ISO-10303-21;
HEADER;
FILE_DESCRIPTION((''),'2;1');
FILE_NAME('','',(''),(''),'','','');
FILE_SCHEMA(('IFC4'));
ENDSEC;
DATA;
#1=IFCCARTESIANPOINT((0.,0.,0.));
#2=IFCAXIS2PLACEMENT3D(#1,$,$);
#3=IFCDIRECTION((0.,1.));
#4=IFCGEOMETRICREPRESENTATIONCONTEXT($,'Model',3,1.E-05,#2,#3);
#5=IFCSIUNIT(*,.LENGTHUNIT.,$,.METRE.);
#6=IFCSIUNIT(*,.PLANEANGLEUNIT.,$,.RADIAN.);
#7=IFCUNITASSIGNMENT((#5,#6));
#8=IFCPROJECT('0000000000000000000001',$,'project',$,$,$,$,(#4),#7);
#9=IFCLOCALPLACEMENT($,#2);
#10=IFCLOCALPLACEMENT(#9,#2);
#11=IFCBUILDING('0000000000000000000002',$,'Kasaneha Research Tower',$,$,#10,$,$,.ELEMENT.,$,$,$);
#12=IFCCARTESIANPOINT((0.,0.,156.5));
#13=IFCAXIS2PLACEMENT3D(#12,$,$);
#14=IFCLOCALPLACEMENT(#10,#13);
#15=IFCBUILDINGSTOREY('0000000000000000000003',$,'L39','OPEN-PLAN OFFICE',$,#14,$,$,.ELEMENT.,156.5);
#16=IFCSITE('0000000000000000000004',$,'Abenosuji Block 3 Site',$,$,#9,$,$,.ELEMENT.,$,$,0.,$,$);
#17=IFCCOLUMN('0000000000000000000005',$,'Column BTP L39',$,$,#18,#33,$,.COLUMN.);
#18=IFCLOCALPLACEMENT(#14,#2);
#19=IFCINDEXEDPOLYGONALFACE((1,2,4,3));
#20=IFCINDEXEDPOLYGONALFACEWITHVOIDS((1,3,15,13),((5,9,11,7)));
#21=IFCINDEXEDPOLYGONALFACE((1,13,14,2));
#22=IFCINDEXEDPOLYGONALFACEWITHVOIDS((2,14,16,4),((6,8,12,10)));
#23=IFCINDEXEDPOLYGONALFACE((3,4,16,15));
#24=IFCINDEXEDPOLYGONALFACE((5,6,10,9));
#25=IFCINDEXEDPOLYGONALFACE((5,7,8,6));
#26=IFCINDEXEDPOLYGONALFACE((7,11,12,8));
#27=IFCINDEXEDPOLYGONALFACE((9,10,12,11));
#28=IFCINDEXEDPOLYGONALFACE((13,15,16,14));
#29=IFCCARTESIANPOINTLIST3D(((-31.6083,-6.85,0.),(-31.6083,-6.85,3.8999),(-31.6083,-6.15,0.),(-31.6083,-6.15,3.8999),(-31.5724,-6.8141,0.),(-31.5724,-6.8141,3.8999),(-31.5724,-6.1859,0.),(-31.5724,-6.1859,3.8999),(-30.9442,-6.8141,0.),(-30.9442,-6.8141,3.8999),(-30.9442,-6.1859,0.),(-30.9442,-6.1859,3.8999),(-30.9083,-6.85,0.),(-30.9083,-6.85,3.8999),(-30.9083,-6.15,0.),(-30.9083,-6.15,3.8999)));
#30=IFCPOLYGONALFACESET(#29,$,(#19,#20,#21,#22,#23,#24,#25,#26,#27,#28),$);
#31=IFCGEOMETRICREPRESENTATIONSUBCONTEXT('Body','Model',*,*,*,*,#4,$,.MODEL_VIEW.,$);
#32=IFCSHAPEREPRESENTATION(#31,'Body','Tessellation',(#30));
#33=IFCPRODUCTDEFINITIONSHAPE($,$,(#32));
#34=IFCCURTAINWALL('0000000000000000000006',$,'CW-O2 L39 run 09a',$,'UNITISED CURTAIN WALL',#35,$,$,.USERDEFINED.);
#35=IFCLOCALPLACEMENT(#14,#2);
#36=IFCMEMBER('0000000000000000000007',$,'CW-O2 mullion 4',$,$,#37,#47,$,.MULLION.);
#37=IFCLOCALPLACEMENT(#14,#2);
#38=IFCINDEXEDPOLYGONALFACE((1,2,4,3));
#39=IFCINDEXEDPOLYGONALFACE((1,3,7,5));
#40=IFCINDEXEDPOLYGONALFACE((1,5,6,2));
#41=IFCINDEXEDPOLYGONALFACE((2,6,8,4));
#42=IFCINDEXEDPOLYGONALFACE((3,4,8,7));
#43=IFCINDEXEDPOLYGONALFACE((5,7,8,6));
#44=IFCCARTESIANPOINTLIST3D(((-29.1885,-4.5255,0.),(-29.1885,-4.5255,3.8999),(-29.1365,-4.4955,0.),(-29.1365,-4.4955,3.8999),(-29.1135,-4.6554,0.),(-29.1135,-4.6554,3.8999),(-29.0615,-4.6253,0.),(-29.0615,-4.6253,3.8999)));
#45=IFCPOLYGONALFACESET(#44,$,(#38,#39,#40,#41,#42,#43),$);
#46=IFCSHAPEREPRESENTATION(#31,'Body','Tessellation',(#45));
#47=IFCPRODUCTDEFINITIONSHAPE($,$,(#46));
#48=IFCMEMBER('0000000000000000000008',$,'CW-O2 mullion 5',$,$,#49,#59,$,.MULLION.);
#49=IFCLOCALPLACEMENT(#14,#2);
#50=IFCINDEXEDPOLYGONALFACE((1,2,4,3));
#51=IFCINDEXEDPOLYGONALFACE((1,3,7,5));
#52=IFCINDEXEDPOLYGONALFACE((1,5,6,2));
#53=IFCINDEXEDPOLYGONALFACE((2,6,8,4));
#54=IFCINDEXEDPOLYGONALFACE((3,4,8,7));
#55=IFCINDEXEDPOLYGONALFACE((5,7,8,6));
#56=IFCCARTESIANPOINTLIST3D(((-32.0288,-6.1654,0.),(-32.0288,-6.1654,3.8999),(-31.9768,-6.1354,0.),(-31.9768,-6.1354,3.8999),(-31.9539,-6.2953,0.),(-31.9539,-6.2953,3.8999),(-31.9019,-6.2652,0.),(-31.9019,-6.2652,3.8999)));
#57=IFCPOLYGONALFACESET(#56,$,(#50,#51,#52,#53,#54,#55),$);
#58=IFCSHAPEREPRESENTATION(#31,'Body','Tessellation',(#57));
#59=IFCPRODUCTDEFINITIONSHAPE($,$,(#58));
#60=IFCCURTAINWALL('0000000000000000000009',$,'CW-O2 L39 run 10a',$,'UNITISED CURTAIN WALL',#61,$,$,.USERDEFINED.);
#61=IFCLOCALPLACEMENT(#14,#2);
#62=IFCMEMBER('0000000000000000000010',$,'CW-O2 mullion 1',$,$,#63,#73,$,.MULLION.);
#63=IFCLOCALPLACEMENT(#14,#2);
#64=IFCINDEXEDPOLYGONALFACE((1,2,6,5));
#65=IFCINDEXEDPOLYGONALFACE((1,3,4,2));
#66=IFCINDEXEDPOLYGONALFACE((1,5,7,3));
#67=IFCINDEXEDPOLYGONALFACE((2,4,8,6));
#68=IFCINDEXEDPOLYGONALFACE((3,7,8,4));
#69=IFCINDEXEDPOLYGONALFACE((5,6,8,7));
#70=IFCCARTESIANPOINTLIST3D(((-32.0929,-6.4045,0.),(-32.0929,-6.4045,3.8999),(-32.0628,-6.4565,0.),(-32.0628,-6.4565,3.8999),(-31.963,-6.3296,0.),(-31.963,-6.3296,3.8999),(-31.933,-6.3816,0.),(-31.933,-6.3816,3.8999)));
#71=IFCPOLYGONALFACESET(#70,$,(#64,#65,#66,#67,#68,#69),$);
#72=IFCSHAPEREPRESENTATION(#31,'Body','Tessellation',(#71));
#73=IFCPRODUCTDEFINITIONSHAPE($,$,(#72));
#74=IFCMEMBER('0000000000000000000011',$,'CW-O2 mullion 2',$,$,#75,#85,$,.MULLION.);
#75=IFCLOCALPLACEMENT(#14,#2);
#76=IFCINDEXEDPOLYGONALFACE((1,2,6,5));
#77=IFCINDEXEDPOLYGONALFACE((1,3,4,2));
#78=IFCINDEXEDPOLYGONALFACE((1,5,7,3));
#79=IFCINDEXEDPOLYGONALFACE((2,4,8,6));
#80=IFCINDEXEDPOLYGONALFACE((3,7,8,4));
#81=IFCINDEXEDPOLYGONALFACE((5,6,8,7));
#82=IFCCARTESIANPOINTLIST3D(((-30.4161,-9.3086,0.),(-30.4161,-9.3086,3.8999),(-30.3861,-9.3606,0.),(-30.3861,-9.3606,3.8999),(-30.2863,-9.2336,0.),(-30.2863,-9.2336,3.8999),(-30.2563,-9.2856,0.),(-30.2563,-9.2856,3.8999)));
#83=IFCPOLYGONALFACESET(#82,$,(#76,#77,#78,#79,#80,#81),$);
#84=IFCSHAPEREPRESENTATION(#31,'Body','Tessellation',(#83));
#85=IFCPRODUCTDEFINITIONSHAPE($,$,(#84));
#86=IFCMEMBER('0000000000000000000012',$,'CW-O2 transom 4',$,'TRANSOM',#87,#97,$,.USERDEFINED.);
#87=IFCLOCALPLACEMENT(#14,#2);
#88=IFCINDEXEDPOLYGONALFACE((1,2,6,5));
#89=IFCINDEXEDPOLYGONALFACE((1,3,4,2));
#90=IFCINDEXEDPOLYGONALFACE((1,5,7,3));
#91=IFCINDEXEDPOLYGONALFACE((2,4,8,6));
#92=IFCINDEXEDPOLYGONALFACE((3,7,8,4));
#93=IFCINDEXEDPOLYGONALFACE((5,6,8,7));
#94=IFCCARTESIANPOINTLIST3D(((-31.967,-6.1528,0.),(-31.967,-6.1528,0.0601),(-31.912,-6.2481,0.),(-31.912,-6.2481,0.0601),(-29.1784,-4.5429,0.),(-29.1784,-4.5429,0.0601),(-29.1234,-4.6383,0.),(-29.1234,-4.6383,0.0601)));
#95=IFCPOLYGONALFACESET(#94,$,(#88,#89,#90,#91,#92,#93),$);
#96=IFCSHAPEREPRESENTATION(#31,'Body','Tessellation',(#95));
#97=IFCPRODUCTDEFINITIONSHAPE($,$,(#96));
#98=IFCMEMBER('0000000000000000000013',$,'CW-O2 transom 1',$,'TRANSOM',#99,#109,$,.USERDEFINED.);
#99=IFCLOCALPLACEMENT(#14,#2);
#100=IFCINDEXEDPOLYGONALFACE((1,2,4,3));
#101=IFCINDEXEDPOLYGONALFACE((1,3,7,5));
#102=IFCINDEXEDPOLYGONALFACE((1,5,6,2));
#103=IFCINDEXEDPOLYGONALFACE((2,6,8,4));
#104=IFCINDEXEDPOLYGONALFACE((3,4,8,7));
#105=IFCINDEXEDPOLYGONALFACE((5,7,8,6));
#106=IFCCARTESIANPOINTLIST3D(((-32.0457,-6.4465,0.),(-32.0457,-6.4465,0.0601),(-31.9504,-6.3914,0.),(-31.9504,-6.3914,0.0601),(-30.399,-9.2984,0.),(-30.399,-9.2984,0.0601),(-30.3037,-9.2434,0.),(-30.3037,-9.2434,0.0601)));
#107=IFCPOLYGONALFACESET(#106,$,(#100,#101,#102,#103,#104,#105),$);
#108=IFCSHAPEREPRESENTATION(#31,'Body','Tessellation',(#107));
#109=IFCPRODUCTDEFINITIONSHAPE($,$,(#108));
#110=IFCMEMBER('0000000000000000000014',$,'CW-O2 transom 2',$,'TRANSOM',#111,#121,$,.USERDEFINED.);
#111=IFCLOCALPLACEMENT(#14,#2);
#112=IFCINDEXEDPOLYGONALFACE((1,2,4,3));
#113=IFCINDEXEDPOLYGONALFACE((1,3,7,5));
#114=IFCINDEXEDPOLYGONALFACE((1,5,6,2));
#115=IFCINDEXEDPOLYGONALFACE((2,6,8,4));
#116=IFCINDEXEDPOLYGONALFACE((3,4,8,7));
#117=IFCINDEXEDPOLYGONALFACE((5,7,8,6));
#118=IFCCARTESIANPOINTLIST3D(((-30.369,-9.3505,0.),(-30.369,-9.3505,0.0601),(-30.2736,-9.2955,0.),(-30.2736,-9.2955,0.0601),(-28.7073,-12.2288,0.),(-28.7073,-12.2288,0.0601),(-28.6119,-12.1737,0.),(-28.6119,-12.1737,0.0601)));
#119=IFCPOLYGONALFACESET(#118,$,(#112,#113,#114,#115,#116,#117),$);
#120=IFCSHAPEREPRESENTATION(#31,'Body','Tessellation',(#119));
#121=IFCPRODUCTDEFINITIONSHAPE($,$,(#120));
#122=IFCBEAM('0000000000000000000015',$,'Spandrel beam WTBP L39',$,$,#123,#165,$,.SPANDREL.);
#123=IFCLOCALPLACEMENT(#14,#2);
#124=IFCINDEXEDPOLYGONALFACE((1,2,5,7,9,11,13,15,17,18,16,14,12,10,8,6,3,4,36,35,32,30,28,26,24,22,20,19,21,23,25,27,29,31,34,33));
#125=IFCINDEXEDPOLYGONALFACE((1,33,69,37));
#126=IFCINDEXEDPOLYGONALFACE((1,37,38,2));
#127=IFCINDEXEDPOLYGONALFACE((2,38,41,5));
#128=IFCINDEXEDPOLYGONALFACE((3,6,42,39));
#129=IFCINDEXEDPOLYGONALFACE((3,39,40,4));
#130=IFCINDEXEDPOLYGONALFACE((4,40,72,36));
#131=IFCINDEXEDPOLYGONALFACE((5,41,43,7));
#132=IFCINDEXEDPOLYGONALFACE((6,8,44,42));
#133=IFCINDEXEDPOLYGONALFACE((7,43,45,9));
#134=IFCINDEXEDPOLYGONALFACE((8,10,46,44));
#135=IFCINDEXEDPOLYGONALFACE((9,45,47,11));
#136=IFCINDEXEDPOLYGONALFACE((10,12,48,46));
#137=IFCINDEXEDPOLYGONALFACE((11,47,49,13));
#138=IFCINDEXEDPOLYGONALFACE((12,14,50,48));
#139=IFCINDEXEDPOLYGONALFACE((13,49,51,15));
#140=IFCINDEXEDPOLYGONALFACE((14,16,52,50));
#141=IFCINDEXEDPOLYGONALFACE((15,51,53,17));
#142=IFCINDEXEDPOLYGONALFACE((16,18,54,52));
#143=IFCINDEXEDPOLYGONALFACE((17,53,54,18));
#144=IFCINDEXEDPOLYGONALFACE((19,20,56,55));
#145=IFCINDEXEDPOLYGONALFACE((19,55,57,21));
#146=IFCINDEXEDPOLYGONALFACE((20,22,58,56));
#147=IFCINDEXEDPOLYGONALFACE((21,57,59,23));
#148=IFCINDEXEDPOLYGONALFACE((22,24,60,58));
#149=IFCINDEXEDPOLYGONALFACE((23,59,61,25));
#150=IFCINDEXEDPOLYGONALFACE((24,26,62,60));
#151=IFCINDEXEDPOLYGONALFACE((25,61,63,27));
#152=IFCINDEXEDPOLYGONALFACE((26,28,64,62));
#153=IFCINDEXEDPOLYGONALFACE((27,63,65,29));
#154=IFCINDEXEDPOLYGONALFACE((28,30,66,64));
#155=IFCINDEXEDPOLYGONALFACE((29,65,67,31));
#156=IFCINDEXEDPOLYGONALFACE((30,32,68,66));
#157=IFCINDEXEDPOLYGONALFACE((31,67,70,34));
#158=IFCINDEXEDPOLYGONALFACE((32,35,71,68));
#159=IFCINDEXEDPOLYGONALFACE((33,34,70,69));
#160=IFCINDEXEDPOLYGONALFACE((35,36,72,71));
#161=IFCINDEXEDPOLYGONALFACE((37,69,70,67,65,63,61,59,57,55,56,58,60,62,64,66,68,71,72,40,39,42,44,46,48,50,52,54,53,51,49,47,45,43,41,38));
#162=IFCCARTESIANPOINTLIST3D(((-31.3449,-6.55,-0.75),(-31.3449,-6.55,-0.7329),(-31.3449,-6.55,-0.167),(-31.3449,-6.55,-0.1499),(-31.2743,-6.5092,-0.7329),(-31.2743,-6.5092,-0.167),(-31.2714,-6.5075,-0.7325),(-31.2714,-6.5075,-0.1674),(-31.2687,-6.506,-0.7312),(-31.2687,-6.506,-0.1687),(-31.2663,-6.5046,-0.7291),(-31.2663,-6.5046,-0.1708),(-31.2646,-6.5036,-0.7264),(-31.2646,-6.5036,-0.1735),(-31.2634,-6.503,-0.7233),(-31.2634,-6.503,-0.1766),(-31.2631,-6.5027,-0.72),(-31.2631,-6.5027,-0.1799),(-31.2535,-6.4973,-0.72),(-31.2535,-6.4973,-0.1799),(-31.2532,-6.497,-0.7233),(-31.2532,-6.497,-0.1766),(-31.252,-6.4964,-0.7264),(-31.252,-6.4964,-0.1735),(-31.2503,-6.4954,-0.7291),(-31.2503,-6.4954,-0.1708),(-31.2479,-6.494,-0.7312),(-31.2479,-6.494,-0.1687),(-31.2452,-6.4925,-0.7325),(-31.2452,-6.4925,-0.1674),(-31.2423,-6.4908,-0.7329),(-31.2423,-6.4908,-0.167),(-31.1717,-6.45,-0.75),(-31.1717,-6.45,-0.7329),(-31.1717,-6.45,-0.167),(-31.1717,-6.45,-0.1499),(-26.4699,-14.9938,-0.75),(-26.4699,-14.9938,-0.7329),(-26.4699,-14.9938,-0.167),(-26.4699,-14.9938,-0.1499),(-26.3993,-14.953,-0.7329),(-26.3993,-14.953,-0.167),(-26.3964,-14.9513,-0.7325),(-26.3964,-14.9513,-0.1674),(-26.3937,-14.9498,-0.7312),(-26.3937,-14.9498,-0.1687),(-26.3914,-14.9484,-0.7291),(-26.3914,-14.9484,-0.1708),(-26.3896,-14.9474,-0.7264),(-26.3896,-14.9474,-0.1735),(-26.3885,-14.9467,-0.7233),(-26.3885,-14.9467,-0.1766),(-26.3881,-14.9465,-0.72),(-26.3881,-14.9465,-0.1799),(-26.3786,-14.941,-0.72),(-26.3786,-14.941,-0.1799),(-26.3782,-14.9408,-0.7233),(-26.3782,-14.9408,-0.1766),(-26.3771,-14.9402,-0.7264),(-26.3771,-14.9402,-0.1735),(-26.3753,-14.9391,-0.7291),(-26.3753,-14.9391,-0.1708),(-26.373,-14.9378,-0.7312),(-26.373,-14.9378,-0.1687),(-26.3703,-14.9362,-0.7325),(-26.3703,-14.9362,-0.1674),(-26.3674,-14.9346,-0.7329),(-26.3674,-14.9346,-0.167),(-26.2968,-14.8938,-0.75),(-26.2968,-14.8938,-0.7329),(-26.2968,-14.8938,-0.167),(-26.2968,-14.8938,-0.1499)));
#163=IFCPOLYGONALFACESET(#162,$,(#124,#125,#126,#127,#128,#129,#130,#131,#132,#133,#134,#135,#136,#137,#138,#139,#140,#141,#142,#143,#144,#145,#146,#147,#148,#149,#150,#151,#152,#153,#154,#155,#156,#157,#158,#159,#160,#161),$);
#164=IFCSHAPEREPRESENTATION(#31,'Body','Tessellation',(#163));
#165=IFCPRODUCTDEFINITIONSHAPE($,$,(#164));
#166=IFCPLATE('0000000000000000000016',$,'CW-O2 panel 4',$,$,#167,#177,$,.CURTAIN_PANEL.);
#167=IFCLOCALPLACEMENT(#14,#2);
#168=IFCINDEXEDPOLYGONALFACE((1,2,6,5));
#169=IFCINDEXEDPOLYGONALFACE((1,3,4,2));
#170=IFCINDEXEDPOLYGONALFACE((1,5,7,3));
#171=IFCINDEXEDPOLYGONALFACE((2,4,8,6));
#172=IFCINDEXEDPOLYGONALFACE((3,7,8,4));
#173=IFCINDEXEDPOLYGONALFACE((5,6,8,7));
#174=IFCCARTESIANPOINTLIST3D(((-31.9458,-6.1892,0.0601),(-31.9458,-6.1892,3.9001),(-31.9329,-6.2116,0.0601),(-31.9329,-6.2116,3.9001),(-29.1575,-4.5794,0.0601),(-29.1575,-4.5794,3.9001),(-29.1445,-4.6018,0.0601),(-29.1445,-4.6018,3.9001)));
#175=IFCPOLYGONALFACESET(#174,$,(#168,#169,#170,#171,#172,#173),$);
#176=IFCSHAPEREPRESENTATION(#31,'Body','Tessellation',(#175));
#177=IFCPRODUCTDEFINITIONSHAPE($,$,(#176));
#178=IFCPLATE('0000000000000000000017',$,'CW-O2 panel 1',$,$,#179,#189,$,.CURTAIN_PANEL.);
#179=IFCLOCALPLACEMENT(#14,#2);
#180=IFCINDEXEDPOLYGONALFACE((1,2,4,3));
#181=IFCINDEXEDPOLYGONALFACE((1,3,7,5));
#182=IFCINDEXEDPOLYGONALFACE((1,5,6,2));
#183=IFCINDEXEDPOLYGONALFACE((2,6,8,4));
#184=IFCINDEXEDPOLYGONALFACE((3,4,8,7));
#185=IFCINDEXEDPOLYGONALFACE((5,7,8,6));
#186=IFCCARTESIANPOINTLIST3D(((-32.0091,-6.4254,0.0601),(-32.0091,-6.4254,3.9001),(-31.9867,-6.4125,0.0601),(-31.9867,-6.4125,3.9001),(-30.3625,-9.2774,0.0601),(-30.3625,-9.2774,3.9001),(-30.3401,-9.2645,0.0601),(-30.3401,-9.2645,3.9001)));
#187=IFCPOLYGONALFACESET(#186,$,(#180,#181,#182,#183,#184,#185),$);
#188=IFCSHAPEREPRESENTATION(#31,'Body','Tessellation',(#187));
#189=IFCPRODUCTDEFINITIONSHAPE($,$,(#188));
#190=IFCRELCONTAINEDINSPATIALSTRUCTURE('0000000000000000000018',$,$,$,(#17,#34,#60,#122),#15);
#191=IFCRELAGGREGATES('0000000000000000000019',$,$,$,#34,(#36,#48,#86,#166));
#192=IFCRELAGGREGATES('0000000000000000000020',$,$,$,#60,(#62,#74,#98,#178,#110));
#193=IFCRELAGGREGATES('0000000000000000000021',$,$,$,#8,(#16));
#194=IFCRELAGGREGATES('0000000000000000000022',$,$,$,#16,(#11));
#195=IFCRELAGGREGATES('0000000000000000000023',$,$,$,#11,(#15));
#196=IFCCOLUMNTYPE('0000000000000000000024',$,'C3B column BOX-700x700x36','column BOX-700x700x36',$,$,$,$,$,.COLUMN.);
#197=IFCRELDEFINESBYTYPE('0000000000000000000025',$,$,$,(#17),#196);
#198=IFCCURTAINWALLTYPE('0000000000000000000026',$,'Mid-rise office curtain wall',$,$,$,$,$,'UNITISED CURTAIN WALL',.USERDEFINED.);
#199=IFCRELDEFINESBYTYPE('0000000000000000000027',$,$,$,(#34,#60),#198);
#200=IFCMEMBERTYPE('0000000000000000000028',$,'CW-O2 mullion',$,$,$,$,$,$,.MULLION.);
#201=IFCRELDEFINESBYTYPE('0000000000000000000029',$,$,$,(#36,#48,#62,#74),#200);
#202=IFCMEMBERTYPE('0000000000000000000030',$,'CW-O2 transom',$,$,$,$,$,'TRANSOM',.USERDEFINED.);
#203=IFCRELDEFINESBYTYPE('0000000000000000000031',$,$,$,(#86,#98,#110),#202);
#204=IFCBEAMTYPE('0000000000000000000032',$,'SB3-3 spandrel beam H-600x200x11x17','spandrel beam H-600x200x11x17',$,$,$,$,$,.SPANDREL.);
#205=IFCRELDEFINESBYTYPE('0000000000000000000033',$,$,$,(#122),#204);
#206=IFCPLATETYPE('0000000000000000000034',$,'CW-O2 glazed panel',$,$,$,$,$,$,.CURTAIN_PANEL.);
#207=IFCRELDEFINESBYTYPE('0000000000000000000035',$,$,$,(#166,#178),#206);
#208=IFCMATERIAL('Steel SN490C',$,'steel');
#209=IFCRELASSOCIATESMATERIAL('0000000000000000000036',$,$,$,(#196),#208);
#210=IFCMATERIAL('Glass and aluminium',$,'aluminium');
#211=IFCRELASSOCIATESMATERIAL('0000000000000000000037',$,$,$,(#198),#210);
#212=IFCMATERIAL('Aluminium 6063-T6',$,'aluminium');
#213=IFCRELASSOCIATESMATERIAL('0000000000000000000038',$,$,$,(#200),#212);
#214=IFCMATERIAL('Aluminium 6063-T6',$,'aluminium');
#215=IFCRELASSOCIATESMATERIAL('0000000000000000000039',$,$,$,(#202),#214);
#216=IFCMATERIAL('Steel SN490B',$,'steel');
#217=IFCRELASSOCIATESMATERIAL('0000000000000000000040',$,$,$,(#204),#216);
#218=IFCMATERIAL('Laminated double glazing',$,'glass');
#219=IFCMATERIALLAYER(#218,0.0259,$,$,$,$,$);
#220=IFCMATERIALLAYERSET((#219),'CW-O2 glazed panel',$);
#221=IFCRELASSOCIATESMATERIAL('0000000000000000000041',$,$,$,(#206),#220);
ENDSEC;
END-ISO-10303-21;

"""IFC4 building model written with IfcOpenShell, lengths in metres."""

from ifc_helpers import new_model, si_unit, direction, frame, origin, origin_2d, place, context, subcontext, project, spatial, rectangle, hollow_rectangle, i_section, extrude, material, layer, layer_set, material_profile, profile_set, type_object, element, aggregate, save


model = new_model("IFC4")

# Units and contexts
model_context = context("Model", 3, precision=1e-05, world=origin(), true_north=direction((0.0, 1.0)))
body_context = subcontext(model_context, "Body", "Model", "MODEL_VIEW")
ifc_project = project(units=[si_unit("LENGTHUNIT", "METRE"), si_unit("PLANEANGLEUNIT", "RADIAN")], contexts=[model_context])

# Site, building, storey
site_placement = place(None, origin())
site = spatial("IfcSite", under=ifc_project, at=site_placement, Name="Abenosuji Block 3 Site", CompositionType="ELEMENT", RefElevation=0.0)
building_placement = place(site_placement, origin())
building = spatial("IfcBuilding", under=site, at=building_placement, Name="Kasaneha Research Tower", CompositionType="ELEMENT")
storey_placement = place(building_placement, frame((0.0, 0.0, 156.5)))
storey = spatial("IfcBuildingStorey", under=building, at=storey_placement, Name="L39", Description="OPEN-PLAN OFFICE", CompositionType="ELEMENT", Elevation=156.5)

# Column
ifc_material_1 = material(Name="Steel SN490C", Category="steel")
ifc_material_profile_1 = material_profile(ifc_material_1, hollow_rectangle(XDim=0.7, YDim=0.7, WallThickness=0.0359, at=origin_2d()), Name="BOX-700x700x36")
ifc_profile_set_1 = profile_set([ifc_material_profile_1], Name="Steel SN490C")
column_type = type_object("IfcColumnType", Name="C3B column BOX-700x700x36", Description="column BOX-700x700x36", PredefinedType="COLUMN", material=ifc_profile_set_1)
column_placement = place(storey_placement, frame((-31.2583, -6.5, 0.0), z_axis=(0.0, 0.0, 1.0), x_axis=(1.0, 0.0, 0.0)))
element("IfcColumn", 1, at=column_placement, inside=storey, type_object=column_type, Name="Column BTP L39", PredefinedType="COLUMN", context=body_context, shape_type="SweptSolid", body=[
    extrude(hollow_rectangle(XDim=0.7, YDim=0.7, WallThickness=0.0359, at=origin_2d()), origin(), (0.0, 0.0, 1.0), 3.8999),
])

# Curtain walls, members
ifc_material_2 = material(Name="Glass and aluminium", Category="aluminium")
curtain_wall_type = type_object("IfcCurtainWallType", Name="Mid-rise office curtain wall", ElementType="UNITISED CURTAIN WALL", PredefinedType="USERDEFINED", material=ifc_material_2)
curtain_wall_1_placement = place(storey_placement, origin())
curtain_wall_1 = element("IfcCurtainWall", 2, at=curtain_wall_1_placement, inside=storey, type_object=curtain_wall_type, Name="CW-O2 L39 run 09a", ObjectType="UNITISED CURTAIN WALL", PredefinedType="USERDEFINED")
ifc_material_3 = material(Name="Aluminium 6063-T6", Category="aluminium")
ifc_material_profile_2 = material_profile(ifc_material_3, rectangle(XDim=0.0601, YDim=0.1499, at=origin_2d()), Name="CW-O2 mullion 60x150")
ifc_profile_set_2 = profile_set([ifc_material_profile_2], Name="Aluminium 6063-T6")
member_type_1 = type_object("IfcMemberType", Name="CW-O2 mullion", PredefinedType="MULLION", material=ifc_profile_set_2)
member_1_placement = place(storey_placement, frame((-29.125, -4.5754, 0.0), z_axis=(0.0, 0.0, 1.0), x_axis=(-0.866025, -0.5, 0.0)))
member_1 = element("IfcMember", 3, at=member_1_placement, type_object=member_type_1, Name="CW-O2 mullion 4", PredefinedType="MULLION", context=body_context, shape_type="SweptSolid", body=[
    extrude(rectangle(XDim=0.0601, YDim=0.1499, at=origin_2d()), origin(), (0.0, 0.0, 1.0), 3.8999),
])
member_2_placement = place(storey_placement, frame((-31.9653, -6.2153, 0.0), z_axis=(0.0, 0.0, 1.0), x_axis=(-0.866025, -0.5, 0.0)))
member_2 = element("IfcMember", 4, at=member_2_placement, type_object=member_type_1, Name="CW-O2 mullion 5", PredefinedType="MULLION", context=body_context, shape_type="SweptSolid", body=[
    extrude(rectangle(XDim=0.0601, YDim=0.1499, at=origin_2d()), origin(), (0.0, 0.0, 1.0), 3.8999),
])
curtain_wall_2_placement = place(storey_placement, origin())
curtain_wall_2 = element("IfcCurtainWall", 5, at=curtain_wall_2_placement, inside=storey, type_object=curtain_wall_type, Name="CW-O2 L39 run 10a", ObjectType="UNITISED CURTAIN WALL", PredefinedType="USERDEFINED")
member_3_placement = place(storey_placement, frame((-32.0129, -6.3931, 0.0), z_axis=(0.0, 0.0, 1.0), x_axis=(0.5, -0.866025, 0.0)))
member_3 = element("IfcMember", 6, at=member_3_placement, type_object=member_type_1, Name="CW-O2 mullion 1", PredefinedType="MULLION", context=body_context, shape_type="SweptSolid", body=[
    extrude(rectangle(XDim=0.0601, YDim=0.1499, at=origin_2d()), origin(), (0.0, 0.0, 1.0), 3.8999),
])
member_4_placement = place(storey_placement, frame((-30.3362, -9.2971, 0.0), z_axis=(0.0, 0.0, 1.0), x_axis=(0.5, -0.866025, 0.0)))
member_4 = element("IfcMember", 7, at=member_4_placement, type_object=member_type_1, Name="CW-O2 mullion 2", PredefinedType="MULLION", context=body_context, shape_type="SweptSolid", body=[
    extrude(rectangle(XDim=0.0601, YDim=0.1499, at=origin_2d()), origin(), (0.0, 0.0, 1.0), 3.8999),
])

# Members
ifc_material_4 = material(Name="Aluminium 6063-T6", Category="aluminium")
ifc_material_profile_3 = material_profile(ifc_material_4, rectangle(XDim=0.1101, YDim=0.0601, at=origin_2d()), Name="CW-O2 transom 110x60")
ifc_profile_set_3 = profile_set([ifc_material_profile_3], Name="Aluminium 6063-T6")
member_type_2 = type_object("IfcMemberType", Name="CW-O2 transom", ElementType="TRANSOM", PredefinedType="USERDEFINED", material=ifc_profile_set_3)
member_5_placement = place(storey_placement, frame((-29.1509, -4.5906, 0.03), z_axis=(-0.866042, -0.499972, 0.0), x_axis=(0.499972, -0.866042, 0.0)))
member_5 = element("IfcMember", 8, at=member_5_placement, type_object=member_type_2, Name="CW-O2 transom 4", ObjectType="TRANSOM", PredefinedType="USERDEFINED", context=body_context, shape_type="SweptSolid", body=[
    extrude(rectangle(XDim=0.1101, YDim=0.0601, at=origin_2d()), origin(), (0.0, 0.0, 1.0), 3.22),
])
member_6_placement = place(storey_placement, frame((-31.998, -6.4189, 0.03), z_axis=(0.500022, -0.866013, 0.0), x_axis=(0.866013, 0.500022, 0.0)))
member_6 = element("IfcMember", 9, at=member_6_placement, type_object=member_type_2, Name="CW-O2 transom 1", ObjectType="TRANSOM", PredefinedType="USERDEFINED", context=body_context, shape_type="SweptSolid", body=[
    extrude(rectangle(XDim=0.1101, YDim=0.0601, at=origin_2d()), origin(), (0.0, 0.0, 1.0), 3.2932),
])
member_7_placement = place(storey_placement, frame((-30.3213, -9.323, 0.03), z_axis=(0.499979, -0.866038, 0.0), x_axis=(0.866038, 0.499979, 0.0)))
member_7 = element("IfcMember", 10, at=member_7_placement, type_object=member_type_2, Name="CW-O2 transom 2", ObjectType="TRANSOM", PredefinedType="USERDEFINED", context=body_context, shape_type="SweptSolid", body=[
    extrude(rectangle(XDim=0.1101, YDim=0.0601, at=origin_2d()), origin(), (0.0, 0.0, 1.0), 3.3235),
])

# Beam
ifc_material_5 = material(Name="Steel SN490B", Category="steel")
ifc_material_profile_4 = material_profile(ifc_material_5, i_section(OverallWidth=0.2, OverallDepth=0.6001, WebThickness=0.011, FlangeThickness=0.0171, FilletRadius=0.0129, at=origin_2d()), Name="H-600x200x11x17")
ifc_profile_set_4 = profile_set([ifc_material_profile_4], Name="Steel SN490B")
beam_type = type_object("IfcBeamType", Name="SB3-3 spandrel beam H-600x200x11x17", Description="spandrel beam H-600x200x11x17", PredefinedType="SPANDREL", material=ifc_profile_set_4)
beam_placement = place(storey_placement, frame((-31.2583, -6.5, -0.45), z_axis=(0.499996, -0.866028, 0.0), x_axis=(0.866028, 0.499996, 0.0)))
element("IfcBeam", 11, at=beam_placement, inside=storey, type_object=beam_type, Name="Spandrel beam WTBP L39", PredefinedType="SPANDREL", context=body_context, shape_type="SweptSolid", body=[
    extrude(i_section(OverallWidth=0.2, OverallDepth=0.6001, WebThickness=0.011, FlangeThickness=0.0171, FilletRadius=0.0129, at=origin_2d()), origin(), (0.0, 0.0, 1.0), 9.75),
])

# Plates
ifc_material_6 = material(Name="Laminated double glazing", Category="glass")
ifc_layer_1 = layer(ifc_material_6, 0.0259)
ifc_layer_set_1 = layer_set([ifc_layer_1], Name="CW-O2 glazed panel")
plate_type = type_object("IfcPlateType", Name="CW-O2 glazed panel", PredefinedType="CURTAIN_PANEL", material=ifc_layer_set_1)
plate_1_placement = place(storey_placement, frame((-30.5452, -5.3955, 0.0601), z_axis=(0.0, 0.0, 1.0), x_axis=(-0.866025, -0.5, 0.0)))
plate_1 = element("IfcPlate", 12, at=plate_1_placement, type_object=plate_type, Name="CW-O2 panel 4", PredefinedType="CURTAIN_PANEL", context=body_context, shape_type="SweptSolid", body=[
    extrude(rectangle(XDim=3.2197, YDim=0.0259, at=origin_2d()), origin(), (0.0, 0.0, 1.0), 3.8401),
])
aggregate(curtain_wall_1, [member_1, member_2, member_5, plate_1])
plate_2_placement = place(storey_placement, frame((-31.1746, -7.845, 0.0601), z_axis=(0.0, 0.0, 1.0), x_axis=(0.5, -0.866025, 0.0)))
plate_2 = element("IfcPlate", 13, at=plate_2_placement, type_object=plate_type, Name="CW-O2 panel 1", PredefinedType="CURTAIN_PANEL", context=body_context, shape_type="SweptSolid", body=[
    extrude(rectangle(XDim=3.2932, YDim=0.0259, at=origin_2d()), origin(), (0.0, 0.0, 1.0), 3.8401),
])
aggregate(curtain_wall_2, [member_3, member_4, member_6, plate_2, member_7])

save(model, "model.ifc")
